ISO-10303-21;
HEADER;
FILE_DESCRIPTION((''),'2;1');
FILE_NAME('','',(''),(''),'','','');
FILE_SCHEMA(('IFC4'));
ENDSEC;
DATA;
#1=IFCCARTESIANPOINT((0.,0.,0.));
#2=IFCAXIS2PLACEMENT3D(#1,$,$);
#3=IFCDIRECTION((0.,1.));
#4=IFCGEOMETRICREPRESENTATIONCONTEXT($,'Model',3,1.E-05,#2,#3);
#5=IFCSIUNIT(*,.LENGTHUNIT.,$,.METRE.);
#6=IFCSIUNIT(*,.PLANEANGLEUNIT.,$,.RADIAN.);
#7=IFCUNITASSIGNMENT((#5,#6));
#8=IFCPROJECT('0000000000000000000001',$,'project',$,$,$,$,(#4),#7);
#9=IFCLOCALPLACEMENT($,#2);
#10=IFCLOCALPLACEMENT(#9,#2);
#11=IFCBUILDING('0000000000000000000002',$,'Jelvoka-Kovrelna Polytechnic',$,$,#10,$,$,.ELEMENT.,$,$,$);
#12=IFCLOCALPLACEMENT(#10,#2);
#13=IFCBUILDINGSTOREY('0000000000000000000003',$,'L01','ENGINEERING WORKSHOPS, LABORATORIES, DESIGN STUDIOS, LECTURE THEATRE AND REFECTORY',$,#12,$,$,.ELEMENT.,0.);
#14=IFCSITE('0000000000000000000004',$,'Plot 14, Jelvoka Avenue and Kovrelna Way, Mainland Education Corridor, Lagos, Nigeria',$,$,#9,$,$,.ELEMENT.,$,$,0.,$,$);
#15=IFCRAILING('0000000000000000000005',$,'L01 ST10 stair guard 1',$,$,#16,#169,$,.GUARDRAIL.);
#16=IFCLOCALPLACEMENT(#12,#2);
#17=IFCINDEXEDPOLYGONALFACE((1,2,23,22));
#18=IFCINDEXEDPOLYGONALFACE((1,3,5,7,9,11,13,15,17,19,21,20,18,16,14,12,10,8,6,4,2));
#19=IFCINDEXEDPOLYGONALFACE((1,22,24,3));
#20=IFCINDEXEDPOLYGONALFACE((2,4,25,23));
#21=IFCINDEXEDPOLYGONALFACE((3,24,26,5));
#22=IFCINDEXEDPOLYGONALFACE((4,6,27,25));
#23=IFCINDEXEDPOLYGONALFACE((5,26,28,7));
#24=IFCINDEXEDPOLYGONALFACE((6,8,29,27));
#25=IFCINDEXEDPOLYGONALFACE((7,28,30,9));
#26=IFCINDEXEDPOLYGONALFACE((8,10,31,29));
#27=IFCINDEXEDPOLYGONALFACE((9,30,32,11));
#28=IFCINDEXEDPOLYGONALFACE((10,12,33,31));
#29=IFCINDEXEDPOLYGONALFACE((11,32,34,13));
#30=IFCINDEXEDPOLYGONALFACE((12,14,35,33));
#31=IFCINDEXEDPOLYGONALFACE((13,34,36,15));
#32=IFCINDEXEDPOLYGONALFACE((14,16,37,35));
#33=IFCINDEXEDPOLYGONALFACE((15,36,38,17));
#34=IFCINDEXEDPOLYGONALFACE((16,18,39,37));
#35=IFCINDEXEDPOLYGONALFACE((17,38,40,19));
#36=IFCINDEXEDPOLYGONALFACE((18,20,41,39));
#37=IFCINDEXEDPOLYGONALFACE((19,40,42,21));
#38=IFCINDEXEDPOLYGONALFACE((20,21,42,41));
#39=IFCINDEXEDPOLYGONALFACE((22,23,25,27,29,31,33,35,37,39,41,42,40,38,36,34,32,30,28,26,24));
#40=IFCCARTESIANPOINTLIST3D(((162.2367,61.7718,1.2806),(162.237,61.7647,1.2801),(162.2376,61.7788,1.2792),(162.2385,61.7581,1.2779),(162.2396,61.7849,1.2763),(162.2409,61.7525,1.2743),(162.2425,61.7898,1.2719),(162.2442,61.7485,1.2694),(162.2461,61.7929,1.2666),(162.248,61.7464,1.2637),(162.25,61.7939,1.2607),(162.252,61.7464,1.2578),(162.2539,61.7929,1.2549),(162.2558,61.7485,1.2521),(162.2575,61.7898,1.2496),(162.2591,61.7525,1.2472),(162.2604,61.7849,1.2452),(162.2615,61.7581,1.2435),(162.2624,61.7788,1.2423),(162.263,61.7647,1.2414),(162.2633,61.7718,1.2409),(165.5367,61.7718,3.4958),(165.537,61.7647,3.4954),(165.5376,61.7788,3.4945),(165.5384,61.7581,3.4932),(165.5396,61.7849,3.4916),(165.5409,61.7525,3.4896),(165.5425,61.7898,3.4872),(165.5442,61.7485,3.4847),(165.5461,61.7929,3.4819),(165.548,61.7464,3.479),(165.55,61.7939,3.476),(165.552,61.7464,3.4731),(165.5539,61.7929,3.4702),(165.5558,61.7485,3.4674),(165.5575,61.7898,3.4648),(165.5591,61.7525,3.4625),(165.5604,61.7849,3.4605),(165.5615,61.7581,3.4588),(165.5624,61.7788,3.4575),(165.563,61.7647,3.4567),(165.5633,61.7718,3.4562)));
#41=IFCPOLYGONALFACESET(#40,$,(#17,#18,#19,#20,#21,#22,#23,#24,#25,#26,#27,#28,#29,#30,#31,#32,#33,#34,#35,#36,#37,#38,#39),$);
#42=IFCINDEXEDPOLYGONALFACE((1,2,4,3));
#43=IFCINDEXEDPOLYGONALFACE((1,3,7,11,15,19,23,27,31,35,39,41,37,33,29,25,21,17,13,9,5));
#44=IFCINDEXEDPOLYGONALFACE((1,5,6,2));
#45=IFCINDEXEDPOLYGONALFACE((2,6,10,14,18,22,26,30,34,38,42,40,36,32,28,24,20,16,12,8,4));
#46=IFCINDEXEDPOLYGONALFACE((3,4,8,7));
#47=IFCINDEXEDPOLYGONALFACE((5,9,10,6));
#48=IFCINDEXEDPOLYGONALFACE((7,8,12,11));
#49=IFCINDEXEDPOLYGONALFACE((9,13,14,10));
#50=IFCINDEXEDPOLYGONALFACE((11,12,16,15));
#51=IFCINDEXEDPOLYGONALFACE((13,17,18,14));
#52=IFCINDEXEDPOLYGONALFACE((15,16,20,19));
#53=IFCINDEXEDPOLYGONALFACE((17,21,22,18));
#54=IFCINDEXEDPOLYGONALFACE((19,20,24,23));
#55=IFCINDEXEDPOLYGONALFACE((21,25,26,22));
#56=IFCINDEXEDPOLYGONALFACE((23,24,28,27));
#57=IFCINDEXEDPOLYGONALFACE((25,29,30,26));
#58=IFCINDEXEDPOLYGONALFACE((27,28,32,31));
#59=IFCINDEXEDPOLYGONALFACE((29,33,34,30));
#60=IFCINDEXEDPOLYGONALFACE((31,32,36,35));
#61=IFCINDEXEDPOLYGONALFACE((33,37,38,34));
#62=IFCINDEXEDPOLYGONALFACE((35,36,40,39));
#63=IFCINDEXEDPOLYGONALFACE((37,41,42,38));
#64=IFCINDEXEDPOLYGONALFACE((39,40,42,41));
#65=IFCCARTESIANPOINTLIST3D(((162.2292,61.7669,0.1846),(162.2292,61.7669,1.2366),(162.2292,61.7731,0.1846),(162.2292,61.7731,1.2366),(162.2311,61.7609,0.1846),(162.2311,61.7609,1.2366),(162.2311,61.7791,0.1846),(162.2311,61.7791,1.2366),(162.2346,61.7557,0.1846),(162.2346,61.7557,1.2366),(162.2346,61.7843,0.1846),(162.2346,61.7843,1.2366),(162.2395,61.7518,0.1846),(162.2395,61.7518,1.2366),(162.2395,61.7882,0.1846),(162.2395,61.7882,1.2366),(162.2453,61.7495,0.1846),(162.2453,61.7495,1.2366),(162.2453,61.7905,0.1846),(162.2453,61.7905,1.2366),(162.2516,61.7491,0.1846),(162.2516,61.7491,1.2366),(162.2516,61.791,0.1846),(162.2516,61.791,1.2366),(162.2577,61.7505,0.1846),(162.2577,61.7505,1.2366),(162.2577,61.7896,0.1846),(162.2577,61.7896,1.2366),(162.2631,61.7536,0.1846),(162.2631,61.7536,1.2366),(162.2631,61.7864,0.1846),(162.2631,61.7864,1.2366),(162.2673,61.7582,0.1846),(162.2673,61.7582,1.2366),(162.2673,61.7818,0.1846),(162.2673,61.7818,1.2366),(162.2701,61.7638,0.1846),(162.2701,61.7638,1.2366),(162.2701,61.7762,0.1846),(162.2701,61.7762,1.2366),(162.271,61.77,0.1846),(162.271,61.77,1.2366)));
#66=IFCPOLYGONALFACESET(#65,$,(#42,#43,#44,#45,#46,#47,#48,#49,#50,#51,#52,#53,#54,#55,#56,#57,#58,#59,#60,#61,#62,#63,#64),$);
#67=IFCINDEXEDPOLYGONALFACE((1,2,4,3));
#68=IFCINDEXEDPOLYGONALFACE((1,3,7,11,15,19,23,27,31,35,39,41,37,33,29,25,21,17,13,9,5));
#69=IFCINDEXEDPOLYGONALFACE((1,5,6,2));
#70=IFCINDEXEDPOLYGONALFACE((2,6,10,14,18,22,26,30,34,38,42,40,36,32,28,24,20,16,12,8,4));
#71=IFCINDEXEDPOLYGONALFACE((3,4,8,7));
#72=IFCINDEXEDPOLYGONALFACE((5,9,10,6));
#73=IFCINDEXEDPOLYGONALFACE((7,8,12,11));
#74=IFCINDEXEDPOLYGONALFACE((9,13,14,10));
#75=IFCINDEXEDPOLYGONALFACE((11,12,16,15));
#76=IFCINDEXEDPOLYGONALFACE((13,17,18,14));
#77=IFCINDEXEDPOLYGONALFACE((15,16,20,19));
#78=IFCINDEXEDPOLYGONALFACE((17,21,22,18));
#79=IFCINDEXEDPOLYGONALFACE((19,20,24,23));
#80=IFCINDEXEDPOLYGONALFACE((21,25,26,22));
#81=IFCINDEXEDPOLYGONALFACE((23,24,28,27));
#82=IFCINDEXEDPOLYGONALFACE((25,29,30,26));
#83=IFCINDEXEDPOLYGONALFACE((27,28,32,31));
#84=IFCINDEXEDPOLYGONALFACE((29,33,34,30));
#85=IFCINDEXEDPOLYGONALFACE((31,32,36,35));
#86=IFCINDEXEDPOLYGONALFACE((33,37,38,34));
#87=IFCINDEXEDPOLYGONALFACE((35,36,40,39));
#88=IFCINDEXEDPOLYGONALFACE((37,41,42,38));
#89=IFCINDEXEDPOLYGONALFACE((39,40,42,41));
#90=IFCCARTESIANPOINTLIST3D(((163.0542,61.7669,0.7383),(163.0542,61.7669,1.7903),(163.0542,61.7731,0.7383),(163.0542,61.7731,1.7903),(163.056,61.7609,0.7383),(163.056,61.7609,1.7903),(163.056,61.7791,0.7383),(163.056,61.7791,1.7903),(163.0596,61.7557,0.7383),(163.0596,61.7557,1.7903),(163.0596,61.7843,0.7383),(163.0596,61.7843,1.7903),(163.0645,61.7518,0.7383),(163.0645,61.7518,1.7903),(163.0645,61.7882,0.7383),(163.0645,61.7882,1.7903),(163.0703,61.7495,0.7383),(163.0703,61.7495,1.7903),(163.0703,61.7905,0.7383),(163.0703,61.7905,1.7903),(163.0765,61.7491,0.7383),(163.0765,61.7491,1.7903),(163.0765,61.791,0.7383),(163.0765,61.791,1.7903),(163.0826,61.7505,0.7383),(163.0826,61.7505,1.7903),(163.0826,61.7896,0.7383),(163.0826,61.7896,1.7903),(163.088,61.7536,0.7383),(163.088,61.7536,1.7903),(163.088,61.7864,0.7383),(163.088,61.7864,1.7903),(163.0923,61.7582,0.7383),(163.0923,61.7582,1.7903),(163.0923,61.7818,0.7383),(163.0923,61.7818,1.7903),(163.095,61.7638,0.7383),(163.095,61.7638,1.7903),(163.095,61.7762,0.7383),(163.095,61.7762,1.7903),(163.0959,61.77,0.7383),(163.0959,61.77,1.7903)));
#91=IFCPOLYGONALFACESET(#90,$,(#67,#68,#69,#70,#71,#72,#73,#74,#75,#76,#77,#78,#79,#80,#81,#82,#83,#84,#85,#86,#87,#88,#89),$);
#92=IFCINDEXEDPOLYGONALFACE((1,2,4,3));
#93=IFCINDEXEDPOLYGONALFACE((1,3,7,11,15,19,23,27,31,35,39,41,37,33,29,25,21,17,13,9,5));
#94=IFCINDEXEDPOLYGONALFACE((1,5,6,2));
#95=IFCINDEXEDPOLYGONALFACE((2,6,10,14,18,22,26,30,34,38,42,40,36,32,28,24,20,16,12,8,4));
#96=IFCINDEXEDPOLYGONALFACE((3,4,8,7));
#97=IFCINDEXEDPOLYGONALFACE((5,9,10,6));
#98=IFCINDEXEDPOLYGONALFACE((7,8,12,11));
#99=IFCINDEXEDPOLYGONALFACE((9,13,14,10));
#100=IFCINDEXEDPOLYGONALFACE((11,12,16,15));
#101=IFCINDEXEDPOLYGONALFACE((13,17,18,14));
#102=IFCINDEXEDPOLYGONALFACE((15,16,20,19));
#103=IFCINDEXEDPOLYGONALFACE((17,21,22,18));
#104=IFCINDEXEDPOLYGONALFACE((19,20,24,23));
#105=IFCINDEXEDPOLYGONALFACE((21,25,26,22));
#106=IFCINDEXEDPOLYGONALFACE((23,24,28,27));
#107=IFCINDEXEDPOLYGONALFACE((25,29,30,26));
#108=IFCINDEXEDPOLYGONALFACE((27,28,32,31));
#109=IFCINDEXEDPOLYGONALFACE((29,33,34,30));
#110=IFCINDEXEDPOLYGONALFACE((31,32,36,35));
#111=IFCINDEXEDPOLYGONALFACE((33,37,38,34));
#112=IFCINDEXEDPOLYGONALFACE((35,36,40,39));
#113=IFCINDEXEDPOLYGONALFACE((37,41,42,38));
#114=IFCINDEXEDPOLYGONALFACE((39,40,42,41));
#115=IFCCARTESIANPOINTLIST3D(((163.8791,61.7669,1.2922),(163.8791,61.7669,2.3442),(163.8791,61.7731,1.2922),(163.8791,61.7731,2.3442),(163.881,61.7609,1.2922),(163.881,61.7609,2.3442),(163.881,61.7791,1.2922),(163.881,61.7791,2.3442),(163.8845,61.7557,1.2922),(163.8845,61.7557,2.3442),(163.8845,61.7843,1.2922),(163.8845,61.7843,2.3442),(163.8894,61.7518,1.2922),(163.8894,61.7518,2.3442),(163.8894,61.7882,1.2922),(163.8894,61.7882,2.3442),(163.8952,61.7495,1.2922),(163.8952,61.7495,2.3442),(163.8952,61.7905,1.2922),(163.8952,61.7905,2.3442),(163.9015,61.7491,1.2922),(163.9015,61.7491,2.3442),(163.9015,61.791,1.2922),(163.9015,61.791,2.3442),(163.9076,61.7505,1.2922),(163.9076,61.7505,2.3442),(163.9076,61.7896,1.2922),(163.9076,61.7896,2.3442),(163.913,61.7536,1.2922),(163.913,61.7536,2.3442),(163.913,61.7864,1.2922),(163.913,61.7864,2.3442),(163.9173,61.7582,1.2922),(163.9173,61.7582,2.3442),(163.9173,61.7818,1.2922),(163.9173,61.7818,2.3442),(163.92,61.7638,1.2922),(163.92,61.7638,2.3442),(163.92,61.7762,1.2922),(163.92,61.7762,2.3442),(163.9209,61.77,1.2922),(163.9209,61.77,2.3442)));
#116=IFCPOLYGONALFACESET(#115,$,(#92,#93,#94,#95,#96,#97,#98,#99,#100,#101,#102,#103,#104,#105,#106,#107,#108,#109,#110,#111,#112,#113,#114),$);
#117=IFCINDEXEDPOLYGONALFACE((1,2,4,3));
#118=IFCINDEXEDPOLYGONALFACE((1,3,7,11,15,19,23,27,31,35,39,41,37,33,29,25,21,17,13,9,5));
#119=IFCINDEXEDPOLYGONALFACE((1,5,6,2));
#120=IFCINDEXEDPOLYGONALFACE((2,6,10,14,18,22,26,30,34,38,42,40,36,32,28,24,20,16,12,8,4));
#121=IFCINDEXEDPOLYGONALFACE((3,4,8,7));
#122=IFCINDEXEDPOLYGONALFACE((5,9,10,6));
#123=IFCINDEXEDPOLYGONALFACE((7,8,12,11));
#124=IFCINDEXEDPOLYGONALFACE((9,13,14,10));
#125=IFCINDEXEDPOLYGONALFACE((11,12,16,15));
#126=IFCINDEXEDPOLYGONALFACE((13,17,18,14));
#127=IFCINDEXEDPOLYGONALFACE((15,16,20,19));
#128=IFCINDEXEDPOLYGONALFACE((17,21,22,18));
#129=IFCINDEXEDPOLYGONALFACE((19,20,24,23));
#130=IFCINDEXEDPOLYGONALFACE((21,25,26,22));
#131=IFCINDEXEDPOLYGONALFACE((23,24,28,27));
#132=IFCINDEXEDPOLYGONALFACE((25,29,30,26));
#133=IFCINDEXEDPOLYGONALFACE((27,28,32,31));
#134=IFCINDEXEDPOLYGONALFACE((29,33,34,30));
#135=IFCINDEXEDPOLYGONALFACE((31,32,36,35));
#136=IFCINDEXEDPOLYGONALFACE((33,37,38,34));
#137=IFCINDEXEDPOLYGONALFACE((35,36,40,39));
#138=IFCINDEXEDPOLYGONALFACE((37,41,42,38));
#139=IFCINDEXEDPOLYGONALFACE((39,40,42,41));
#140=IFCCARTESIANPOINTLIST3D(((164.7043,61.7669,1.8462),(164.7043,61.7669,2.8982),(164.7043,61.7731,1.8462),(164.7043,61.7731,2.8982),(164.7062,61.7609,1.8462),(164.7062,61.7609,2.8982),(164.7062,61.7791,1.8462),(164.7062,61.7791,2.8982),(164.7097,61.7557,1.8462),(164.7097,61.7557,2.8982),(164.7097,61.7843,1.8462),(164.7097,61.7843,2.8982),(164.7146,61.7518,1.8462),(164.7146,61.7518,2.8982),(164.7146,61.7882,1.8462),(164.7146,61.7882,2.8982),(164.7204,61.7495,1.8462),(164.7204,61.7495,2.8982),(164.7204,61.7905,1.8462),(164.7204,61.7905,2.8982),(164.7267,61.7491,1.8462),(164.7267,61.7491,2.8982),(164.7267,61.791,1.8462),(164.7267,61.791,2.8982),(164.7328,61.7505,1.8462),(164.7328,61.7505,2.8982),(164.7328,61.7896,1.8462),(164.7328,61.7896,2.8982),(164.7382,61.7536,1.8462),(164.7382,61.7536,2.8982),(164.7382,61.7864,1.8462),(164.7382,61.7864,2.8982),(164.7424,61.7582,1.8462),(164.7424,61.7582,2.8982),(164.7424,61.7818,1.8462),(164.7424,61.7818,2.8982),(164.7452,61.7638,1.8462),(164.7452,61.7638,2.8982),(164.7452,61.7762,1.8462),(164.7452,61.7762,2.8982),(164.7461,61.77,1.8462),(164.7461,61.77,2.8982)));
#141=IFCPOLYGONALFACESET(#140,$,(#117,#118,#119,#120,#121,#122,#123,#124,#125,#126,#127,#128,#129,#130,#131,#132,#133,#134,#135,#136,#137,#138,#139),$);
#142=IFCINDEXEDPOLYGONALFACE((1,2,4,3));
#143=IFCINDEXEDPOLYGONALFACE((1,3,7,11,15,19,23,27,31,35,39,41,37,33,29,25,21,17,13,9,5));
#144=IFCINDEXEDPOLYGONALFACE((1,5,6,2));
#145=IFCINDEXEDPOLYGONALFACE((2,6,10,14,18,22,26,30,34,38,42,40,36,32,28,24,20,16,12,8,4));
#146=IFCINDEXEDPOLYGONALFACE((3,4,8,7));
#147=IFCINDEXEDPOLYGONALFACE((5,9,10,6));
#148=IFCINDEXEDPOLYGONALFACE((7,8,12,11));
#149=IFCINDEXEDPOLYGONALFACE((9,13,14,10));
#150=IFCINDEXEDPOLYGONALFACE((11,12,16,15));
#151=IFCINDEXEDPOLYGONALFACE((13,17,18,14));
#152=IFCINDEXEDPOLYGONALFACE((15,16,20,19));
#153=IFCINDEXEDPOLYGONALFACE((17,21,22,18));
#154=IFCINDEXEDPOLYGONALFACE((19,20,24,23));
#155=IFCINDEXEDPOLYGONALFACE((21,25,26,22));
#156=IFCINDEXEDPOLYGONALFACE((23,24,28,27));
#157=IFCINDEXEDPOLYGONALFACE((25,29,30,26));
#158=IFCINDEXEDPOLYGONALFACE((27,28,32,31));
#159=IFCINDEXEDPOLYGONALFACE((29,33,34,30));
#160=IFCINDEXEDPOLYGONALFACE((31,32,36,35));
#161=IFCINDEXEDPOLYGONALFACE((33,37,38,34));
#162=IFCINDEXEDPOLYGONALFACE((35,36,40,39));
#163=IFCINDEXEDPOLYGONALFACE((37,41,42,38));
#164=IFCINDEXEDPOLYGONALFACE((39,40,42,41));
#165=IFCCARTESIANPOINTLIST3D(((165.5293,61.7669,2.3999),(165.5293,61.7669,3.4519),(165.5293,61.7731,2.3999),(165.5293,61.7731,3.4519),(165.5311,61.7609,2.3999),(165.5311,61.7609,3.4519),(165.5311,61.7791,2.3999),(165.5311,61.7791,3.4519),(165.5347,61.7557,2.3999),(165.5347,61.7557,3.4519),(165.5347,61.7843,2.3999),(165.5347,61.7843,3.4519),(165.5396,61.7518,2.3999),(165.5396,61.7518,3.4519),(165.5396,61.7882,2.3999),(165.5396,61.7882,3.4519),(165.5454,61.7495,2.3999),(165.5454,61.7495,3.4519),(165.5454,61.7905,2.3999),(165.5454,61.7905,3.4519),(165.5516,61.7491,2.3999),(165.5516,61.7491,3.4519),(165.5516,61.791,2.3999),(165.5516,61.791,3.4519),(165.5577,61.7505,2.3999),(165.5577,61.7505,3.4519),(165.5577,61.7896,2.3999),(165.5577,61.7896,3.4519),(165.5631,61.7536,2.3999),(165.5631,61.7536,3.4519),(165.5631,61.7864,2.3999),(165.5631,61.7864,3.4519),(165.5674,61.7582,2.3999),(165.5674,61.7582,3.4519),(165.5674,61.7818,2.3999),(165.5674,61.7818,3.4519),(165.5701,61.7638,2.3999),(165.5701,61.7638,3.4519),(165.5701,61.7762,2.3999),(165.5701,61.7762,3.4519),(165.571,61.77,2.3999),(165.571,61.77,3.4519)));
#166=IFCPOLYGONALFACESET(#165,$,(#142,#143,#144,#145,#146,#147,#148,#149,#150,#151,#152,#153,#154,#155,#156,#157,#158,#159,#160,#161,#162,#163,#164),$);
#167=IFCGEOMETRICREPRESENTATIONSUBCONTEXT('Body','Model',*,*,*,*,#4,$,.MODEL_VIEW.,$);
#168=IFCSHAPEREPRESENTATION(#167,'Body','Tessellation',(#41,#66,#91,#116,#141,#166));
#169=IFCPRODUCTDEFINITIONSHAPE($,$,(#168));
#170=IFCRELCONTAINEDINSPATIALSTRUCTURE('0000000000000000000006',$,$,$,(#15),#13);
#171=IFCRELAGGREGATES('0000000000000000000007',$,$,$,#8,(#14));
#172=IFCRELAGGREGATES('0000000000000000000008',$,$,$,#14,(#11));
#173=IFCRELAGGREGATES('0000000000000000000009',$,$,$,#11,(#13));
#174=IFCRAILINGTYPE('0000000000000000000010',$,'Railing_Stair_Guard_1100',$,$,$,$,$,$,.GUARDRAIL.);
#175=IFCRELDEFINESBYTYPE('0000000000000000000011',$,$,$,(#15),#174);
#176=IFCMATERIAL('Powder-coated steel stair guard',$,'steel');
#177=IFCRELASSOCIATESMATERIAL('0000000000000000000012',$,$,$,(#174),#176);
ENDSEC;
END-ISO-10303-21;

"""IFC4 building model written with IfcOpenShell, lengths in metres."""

from ifc_helpers import new_model, si_unit, direction, frame, origin, origin_2d, place, context, subcontext, project, spatial, circle, extrude, material, type_object, element, save


model = new_model("IFC4")

# Units and contexts
model_context = context("Model", 3, precision=1e-05, world=origin(), true_north=direction((0.0, 1.0)))
body_context = subcontext(model_context, "Body", "Model", "MODEL_VIEW")
ifc_project = project(units=[si_unit("LENGTHUNIT", "METRE"), si_unit("PLANEANGLEUNIT", "RADIAN")], contexts=[model_context])

# Site, building, storey
site_placement = place(None, origin())
site = spatial("IfcSite", under=ifc_project, at=site_placement, Name="Plot 14, Jelvoka Avenue and Kovrelna Way, Mainland Education Corridor, Lagos, Nigeria", CompositionType="ELEMENT", RefElevation=0.0)
building_placement = place(site_placement, origin())
building = spatial("IfcBuilding", under=site, at=building_placement, Name="Jelvoka-Kovrelna Polytechnic", CompositionType="ELEMENT")
storey_placement = place(building_placement, origin())
storey = spatial("IfcBuildingStorey", under=building, at=storey_placement, Name="L01", Description="ENGINEERING WORKSHOPS, LABORATORIES, DESIGN STUDIOS, LECTURE THEATRE AND REFECTORY", CompositionType="ELEMENT", Elevation=0.0)

# Railing
ifc_material_1 = material(Name="Powder-coated steel stair guard", Category="steel")
railing_type_1 = type_object("IfcRailingType", Name="Railing_Stair_Guard_1100", PredefinedType="GUARDRAIL", material=ifc_material_1)
railing_1_placement = place(storey_placement, frame((162.25, 61.77, 0.1846)))
element("IfcRailing", 1, at=railing_1_placement, inside=storey, type_object=railing_type_1, Name="L01 ST10 stair guard 1", PredefinedType="GUARDRAIL", context=body_context, shape_type="SweptSolid", body=[
    extrude(circle(Radius=0.0239, at=origin_2d()), frame((0.0, 0.0, 1.0762), z_axis=(0.830269, 0.0, 0.557362), x_axis=(0.0, 1.0, 0.0)), (0.0, 0.0, 1.0), 3.9746),
    extrude(circle(Radius=0.021, at=origin_2d()), origin(), (0.0, 0.0, 1.0), 1.052),
    extrude(circle(Radius=0.021, at=origin_2d()), frame((0.825, 0.0, 0.5537)), (0.0, 0.0, 1.0), 1.052),
    extrude(circle(Radius=0.021, at=origin_2d()), frame((1.6499, 0.0, 1.1077)), (0.0, 0.0, 1.0), 1.052),
    extrude(circle(Radius=0.021, at=origin_2d()), frame((2.4751, 0.0, 1.6616)), (0.0, 0.0, 1.0), 1.052),
    extrude(circle(Radius=0.021, at=origin_2d()), frame((3.3, 0.0, 2.2153)), (0.0, 0.0, 1.0), 1.052),
])

save(model, "model.ifc")
